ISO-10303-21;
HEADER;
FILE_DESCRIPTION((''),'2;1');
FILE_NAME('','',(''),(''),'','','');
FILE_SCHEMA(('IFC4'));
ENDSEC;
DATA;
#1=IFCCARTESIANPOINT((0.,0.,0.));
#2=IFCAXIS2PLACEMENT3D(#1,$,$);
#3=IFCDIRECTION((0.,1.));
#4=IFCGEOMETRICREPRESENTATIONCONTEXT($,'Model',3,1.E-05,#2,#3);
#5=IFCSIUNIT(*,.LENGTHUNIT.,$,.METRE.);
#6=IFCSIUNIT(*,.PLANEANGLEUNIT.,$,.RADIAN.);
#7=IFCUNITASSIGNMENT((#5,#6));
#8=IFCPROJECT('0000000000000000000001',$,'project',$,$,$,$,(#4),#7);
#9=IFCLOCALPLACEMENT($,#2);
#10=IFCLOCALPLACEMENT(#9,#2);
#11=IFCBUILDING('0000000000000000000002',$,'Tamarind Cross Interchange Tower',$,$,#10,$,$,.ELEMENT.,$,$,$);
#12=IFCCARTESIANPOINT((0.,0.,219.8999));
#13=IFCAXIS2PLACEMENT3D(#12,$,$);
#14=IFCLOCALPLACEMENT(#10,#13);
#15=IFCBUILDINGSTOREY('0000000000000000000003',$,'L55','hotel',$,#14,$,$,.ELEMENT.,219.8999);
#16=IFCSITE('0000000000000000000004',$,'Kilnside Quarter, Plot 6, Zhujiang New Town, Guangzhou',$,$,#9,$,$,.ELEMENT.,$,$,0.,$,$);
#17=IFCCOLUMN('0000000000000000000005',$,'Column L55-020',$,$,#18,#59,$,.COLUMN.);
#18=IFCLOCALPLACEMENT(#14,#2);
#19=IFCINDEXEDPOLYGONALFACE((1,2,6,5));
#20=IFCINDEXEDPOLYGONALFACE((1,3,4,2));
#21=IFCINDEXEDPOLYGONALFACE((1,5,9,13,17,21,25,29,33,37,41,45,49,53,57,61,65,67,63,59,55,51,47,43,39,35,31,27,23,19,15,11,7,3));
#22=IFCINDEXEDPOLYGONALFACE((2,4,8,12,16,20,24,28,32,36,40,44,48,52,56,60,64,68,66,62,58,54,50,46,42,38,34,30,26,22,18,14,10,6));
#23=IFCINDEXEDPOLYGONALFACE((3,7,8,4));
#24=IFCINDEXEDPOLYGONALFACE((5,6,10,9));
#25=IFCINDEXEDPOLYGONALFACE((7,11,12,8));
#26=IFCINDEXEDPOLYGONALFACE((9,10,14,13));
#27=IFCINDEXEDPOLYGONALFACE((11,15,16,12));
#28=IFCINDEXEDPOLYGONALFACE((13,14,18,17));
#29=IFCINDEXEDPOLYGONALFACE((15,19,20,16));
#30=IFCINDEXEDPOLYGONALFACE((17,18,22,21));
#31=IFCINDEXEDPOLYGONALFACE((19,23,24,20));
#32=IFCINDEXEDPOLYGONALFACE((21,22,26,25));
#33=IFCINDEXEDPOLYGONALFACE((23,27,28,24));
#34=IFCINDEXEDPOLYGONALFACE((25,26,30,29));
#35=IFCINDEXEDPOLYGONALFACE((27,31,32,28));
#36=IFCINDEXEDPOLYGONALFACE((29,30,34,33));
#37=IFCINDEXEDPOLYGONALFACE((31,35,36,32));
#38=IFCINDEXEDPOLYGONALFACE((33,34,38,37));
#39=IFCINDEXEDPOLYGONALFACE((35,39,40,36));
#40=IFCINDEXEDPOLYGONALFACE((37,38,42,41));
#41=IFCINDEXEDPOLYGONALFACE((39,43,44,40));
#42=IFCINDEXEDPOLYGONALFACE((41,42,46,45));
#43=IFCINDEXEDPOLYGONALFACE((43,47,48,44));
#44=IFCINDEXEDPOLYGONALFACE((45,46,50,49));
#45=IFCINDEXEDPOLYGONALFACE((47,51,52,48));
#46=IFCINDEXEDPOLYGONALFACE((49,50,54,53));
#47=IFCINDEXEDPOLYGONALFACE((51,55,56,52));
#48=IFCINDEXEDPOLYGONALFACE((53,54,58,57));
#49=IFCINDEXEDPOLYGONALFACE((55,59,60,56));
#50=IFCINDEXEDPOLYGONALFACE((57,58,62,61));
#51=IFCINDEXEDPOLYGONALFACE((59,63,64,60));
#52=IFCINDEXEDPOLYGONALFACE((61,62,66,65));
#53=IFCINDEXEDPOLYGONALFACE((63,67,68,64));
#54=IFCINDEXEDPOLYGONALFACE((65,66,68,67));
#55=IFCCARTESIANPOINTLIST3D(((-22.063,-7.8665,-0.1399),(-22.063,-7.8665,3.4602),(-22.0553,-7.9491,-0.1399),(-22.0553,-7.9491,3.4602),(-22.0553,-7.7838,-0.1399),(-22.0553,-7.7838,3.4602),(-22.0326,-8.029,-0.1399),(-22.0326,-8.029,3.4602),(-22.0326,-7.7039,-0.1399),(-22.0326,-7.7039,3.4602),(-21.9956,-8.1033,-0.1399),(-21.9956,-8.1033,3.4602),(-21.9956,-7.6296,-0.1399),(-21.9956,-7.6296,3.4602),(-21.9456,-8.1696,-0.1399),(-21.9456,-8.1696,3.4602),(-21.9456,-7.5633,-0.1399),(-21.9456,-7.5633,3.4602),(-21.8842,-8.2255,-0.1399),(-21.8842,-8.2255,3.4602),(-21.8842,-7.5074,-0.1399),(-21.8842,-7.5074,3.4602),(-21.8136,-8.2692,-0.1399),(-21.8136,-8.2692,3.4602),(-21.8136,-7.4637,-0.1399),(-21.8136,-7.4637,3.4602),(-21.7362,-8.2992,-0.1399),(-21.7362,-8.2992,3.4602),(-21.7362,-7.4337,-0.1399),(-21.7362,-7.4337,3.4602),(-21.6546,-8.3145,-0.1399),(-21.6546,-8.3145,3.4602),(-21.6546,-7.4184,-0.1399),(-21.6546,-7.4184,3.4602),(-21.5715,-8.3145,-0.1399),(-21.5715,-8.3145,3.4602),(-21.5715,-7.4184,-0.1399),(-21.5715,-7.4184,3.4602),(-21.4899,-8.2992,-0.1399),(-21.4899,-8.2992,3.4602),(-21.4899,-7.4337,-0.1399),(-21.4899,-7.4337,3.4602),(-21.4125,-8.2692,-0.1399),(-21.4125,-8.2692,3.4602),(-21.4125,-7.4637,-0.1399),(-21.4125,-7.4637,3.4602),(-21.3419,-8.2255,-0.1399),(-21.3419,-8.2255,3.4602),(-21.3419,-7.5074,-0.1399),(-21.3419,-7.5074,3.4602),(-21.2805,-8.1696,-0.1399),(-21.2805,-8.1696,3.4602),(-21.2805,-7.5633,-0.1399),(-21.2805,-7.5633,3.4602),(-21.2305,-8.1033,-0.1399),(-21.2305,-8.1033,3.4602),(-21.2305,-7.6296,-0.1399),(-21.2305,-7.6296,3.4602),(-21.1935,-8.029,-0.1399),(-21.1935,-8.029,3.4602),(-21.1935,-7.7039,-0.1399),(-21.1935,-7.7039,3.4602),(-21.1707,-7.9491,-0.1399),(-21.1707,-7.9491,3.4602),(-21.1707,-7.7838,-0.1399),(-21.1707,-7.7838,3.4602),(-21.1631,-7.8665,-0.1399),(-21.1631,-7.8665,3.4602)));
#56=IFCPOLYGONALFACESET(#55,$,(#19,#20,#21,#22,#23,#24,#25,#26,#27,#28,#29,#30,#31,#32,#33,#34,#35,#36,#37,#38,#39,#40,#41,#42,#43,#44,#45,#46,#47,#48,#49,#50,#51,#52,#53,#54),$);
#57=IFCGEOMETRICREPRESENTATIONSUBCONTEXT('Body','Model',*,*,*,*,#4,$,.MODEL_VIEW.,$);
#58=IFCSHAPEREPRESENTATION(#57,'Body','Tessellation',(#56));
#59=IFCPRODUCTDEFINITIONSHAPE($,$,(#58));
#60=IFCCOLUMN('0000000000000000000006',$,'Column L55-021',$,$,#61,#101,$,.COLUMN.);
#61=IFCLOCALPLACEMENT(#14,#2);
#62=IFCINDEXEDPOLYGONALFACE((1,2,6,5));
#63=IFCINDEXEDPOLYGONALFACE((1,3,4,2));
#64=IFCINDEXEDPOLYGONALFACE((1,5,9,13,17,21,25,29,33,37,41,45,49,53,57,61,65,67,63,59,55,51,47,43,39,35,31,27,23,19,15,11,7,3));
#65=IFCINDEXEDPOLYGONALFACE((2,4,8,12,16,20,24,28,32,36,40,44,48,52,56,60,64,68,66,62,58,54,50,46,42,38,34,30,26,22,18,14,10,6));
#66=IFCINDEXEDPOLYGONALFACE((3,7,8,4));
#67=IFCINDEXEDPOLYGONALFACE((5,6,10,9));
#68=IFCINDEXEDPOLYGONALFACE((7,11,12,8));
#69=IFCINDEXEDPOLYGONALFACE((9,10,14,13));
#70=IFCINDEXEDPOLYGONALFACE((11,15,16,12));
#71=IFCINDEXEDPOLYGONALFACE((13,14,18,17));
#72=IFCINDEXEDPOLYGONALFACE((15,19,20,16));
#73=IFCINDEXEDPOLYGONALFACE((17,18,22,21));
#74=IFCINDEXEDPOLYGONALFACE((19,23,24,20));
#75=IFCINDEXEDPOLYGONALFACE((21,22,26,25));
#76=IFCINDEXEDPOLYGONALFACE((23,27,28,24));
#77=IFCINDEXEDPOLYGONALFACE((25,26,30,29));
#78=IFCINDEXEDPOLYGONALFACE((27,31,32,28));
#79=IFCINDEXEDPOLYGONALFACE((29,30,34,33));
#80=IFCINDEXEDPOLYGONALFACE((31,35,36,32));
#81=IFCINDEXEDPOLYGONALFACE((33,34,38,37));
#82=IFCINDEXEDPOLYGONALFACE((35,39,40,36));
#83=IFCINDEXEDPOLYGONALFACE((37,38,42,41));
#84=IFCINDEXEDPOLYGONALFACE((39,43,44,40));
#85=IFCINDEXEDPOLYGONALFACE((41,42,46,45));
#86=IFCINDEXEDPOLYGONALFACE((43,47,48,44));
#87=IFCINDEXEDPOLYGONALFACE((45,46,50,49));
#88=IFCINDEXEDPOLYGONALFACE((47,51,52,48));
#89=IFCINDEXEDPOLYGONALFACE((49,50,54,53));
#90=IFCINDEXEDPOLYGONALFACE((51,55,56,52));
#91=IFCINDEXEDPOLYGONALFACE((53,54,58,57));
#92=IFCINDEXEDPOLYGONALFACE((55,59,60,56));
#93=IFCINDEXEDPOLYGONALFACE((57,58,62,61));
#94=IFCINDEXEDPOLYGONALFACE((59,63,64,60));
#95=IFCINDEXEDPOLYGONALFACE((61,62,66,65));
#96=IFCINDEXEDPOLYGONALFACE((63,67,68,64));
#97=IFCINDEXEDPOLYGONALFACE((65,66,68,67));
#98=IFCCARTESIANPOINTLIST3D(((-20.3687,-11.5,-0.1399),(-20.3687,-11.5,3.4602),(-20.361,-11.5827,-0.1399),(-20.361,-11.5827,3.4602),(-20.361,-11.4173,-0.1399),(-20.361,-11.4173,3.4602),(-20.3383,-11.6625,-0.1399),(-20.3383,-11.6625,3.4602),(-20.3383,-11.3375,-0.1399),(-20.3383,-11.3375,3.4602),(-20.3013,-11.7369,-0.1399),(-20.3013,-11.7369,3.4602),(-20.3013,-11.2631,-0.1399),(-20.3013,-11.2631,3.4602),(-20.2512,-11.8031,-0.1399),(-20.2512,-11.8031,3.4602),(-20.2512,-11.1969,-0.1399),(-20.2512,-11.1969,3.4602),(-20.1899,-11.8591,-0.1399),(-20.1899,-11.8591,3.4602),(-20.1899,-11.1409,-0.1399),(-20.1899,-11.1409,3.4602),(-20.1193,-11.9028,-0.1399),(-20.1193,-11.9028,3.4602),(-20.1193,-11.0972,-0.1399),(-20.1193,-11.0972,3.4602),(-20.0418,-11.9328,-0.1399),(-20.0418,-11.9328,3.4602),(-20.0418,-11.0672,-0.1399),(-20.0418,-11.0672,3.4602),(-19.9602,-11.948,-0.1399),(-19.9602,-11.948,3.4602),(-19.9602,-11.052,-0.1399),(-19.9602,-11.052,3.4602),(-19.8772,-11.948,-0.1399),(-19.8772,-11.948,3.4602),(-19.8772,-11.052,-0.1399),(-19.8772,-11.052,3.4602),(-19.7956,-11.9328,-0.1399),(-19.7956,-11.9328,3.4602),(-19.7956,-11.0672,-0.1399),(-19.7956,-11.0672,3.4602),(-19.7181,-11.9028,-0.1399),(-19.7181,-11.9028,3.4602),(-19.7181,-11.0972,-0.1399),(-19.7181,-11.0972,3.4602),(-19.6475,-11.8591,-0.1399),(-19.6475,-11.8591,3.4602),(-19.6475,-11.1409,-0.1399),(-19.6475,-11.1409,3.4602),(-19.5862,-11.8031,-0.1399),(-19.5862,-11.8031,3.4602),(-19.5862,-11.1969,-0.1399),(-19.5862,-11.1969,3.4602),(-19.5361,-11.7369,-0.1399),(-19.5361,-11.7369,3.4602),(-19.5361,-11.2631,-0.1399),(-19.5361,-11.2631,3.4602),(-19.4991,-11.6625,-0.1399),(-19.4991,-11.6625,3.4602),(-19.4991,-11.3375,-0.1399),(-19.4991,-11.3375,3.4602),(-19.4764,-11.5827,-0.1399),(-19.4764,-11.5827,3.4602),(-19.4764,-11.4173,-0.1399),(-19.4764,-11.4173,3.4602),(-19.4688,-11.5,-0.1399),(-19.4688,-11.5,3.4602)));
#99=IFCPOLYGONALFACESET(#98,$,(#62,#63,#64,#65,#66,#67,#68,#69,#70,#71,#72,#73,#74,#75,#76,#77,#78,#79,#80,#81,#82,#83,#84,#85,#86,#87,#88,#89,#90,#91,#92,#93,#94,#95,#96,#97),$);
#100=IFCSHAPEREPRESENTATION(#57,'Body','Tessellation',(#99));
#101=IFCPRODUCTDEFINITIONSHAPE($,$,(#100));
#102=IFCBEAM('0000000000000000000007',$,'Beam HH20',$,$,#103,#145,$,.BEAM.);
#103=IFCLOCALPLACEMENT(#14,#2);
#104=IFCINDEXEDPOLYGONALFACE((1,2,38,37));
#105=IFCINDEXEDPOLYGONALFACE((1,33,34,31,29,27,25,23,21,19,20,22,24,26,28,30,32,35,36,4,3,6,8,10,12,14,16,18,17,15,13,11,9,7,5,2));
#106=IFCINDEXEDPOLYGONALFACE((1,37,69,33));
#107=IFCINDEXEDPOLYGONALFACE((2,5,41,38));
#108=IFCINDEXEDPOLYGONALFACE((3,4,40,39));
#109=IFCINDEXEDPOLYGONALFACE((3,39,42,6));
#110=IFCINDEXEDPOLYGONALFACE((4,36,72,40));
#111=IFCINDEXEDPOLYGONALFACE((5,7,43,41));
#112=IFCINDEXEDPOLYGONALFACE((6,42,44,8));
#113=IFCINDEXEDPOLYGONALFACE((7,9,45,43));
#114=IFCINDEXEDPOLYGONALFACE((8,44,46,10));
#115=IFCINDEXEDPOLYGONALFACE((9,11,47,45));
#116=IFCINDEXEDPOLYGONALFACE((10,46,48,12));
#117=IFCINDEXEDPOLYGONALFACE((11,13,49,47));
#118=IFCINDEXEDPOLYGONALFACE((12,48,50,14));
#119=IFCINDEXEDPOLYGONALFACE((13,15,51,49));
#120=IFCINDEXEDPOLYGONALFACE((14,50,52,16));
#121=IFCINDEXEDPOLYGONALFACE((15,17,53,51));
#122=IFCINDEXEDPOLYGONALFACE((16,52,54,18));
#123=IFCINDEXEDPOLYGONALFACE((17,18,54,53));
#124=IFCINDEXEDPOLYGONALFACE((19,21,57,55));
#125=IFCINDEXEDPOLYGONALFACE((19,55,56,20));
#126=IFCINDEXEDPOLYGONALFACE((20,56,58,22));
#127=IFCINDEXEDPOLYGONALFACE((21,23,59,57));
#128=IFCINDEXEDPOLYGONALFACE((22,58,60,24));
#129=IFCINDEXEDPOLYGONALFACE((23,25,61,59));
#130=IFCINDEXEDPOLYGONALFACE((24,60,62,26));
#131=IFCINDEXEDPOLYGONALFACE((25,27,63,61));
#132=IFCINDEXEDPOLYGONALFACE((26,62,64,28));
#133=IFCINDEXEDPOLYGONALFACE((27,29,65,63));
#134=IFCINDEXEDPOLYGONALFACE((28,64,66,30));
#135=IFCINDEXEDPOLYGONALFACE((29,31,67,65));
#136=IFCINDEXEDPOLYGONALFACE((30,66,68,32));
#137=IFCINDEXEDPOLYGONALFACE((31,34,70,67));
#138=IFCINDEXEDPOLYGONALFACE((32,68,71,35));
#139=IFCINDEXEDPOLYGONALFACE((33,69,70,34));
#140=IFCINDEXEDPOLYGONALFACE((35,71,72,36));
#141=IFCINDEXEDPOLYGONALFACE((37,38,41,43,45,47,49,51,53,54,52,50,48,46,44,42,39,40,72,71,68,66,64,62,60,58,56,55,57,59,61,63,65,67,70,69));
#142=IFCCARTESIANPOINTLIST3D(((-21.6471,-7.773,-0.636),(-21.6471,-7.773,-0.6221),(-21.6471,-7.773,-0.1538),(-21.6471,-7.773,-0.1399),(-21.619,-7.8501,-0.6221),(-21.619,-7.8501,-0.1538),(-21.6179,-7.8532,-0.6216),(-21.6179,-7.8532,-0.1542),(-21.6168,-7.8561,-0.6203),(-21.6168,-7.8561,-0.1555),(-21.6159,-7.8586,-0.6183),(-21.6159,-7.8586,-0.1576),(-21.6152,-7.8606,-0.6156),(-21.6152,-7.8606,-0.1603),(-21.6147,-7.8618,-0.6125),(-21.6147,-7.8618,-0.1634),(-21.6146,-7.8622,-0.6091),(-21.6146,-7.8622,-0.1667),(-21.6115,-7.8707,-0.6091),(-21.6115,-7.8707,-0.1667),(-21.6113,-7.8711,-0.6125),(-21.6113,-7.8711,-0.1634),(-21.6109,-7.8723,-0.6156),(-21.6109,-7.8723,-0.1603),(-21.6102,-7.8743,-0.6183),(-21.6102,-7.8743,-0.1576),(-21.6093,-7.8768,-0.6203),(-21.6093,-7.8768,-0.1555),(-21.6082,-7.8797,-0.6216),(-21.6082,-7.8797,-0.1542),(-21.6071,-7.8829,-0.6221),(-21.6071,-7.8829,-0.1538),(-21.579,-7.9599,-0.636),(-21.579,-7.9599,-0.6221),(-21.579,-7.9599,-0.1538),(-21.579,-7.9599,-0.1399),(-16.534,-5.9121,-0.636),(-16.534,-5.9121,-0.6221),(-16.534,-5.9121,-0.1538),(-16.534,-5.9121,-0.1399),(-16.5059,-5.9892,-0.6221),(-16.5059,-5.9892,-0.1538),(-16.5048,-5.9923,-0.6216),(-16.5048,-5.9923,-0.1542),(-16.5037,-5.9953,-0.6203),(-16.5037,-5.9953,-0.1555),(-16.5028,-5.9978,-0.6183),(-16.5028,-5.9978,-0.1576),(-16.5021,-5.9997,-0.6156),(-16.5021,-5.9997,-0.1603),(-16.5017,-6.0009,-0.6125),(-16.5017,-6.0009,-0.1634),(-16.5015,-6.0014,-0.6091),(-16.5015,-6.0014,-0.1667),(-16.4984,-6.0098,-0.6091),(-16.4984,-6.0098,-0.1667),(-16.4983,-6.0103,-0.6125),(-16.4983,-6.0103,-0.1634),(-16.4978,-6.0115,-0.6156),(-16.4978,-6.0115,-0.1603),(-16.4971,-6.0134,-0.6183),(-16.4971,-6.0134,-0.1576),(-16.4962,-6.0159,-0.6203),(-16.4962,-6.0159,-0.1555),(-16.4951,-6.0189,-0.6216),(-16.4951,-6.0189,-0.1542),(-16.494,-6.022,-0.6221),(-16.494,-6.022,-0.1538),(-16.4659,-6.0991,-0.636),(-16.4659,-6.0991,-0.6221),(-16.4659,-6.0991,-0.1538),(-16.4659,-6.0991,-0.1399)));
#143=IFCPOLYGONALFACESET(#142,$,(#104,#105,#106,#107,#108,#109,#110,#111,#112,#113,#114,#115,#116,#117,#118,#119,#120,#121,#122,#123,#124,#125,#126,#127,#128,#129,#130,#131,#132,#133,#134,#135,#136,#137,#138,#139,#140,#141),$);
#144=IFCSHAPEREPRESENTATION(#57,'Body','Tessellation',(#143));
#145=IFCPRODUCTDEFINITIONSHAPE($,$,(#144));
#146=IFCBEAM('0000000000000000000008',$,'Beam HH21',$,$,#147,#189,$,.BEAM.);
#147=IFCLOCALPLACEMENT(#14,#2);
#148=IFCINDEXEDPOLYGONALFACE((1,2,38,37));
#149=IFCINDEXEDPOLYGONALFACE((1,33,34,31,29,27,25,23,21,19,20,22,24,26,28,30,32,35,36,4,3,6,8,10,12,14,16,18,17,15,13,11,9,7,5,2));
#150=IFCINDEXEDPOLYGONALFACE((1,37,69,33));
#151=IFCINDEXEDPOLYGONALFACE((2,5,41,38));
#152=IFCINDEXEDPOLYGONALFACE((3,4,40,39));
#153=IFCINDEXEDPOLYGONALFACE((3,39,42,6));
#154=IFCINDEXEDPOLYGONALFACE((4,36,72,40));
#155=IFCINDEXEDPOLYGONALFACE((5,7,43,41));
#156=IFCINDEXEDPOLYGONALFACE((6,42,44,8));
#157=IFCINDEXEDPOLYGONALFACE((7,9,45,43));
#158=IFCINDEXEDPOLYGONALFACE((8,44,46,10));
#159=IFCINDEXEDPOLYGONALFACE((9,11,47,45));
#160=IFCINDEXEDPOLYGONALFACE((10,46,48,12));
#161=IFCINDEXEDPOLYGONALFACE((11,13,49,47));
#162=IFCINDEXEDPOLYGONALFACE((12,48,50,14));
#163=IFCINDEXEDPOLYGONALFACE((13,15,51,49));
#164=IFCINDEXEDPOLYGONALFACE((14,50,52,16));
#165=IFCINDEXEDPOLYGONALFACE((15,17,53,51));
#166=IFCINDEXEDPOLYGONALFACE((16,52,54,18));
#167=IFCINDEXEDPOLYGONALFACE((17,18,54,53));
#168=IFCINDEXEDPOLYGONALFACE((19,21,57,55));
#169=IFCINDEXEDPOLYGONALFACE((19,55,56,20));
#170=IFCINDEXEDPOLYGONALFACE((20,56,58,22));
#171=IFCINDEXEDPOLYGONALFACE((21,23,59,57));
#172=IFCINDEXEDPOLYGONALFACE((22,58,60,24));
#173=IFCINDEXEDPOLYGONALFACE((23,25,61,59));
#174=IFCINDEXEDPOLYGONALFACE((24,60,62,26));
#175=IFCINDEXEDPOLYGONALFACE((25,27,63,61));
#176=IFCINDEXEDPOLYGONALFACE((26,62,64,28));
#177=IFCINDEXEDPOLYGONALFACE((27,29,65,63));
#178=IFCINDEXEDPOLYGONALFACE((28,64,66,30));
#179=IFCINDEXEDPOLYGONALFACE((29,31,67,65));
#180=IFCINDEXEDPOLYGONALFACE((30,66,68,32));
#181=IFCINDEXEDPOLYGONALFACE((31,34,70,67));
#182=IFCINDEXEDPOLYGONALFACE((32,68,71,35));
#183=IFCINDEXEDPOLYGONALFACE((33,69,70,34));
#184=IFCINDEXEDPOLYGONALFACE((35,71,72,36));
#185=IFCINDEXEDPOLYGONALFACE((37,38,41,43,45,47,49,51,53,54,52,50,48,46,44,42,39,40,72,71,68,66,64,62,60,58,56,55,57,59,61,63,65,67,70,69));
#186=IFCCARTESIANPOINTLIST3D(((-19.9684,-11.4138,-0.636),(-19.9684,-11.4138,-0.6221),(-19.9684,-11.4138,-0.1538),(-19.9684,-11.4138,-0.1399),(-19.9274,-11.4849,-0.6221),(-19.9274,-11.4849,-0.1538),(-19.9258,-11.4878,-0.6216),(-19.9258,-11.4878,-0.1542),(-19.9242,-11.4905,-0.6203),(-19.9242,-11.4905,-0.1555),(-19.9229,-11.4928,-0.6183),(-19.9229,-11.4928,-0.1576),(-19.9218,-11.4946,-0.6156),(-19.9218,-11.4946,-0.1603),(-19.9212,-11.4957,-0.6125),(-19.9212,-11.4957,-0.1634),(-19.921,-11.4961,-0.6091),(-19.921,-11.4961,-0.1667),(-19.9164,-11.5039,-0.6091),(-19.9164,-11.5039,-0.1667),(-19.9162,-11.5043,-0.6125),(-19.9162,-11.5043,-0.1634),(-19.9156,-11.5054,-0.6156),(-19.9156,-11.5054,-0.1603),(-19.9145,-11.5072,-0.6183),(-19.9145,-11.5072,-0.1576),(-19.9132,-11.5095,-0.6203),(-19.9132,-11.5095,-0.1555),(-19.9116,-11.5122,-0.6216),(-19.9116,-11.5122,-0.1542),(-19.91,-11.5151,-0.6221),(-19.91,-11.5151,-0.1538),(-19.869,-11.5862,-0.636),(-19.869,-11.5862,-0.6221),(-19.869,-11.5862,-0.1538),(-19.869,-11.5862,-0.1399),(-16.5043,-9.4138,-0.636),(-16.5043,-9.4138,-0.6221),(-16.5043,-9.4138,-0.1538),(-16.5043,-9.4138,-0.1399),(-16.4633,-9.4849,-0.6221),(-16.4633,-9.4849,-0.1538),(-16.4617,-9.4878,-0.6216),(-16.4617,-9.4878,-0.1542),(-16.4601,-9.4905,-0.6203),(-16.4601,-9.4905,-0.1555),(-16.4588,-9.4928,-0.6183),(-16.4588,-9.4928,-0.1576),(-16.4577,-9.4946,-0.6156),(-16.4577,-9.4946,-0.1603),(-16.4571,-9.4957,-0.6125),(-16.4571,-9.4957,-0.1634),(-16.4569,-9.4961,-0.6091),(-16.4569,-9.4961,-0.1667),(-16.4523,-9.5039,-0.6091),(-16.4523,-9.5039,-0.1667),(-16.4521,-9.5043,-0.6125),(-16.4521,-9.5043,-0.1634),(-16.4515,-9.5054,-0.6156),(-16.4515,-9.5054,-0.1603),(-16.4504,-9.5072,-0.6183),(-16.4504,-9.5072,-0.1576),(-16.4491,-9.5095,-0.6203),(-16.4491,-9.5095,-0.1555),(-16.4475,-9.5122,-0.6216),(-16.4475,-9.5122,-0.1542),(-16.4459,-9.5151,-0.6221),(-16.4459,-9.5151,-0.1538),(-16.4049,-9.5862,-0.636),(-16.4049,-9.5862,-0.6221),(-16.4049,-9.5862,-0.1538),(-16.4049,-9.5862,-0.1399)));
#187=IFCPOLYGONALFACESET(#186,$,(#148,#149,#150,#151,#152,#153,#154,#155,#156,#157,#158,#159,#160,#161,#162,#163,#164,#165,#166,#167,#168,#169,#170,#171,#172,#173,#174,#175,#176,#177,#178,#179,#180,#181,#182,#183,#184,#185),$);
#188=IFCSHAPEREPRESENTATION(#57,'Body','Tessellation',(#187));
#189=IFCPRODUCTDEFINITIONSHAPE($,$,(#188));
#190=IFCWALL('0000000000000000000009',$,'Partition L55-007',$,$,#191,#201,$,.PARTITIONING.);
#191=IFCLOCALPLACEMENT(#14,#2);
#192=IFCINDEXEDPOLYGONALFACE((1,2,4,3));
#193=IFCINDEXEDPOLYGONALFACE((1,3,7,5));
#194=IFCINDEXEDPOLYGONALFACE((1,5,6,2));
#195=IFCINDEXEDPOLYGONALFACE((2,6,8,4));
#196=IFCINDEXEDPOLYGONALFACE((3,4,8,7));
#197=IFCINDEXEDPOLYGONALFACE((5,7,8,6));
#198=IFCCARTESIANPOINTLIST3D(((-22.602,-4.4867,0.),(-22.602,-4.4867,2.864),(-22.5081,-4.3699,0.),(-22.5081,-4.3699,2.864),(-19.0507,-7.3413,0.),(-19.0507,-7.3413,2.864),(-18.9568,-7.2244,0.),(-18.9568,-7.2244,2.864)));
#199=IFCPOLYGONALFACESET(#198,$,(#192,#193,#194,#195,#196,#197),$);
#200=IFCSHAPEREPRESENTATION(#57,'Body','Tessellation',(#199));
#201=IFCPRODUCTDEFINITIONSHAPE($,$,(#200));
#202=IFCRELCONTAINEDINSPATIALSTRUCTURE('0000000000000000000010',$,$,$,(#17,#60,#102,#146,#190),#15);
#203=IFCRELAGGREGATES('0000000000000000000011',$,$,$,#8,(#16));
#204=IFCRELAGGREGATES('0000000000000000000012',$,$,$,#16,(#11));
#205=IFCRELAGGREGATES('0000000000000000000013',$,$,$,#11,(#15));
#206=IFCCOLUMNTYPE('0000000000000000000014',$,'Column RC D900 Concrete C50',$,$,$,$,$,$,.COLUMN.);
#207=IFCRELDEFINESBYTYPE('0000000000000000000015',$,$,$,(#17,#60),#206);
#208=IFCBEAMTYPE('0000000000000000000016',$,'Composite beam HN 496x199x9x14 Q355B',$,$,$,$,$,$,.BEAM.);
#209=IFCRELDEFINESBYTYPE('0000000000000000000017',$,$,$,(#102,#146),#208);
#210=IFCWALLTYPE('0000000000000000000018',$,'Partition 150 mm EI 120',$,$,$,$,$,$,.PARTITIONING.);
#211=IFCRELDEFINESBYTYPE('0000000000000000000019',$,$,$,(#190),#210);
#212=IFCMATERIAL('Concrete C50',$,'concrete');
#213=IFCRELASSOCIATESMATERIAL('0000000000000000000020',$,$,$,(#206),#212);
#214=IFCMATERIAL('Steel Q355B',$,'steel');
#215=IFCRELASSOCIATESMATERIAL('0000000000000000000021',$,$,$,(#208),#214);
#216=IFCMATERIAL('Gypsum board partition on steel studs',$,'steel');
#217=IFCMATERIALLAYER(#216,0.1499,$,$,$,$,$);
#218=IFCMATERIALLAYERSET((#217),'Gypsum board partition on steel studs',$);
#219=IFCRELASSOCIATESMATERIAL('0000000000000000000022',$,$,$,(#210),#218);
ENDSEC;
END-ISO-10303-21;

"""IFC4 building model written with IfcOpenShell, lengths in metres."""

from ifc_helpers import new_model, si_unit, direction, frame, frame_2d, origin, origin_2d, place, context, subcontext, project, spatial, rectangle, circle, i_section, extrude, material, layer, layer_set, material_profile, profile_set, type_object, element, save


model = new_model("IFC4")

# Units and contexts
model_context = context("Model", 3, precision=1e-05, world=origin(), true_north=direction((0.0, 1.0)))
body_context = subcontext(model_context, "Body", "Model", "MODEL_VIEW")
ifc_project = project(units=[si_unit("LENGTHUNIT", "METRE"), si_unit("PLANEANGLEUNIT", "RADIAN")], contexts=[model_context])

# Site, building, storey
site_placement = place(None, origin())
site = spatial("IfcSite", under=ifc_project, at=site_placement, Name="Kilnside Quarter, Plot 6, Zhujiang New Town, Guangzhou", CompositionType="ELEMENT", RefElevation=0.0)
building_placement = place(site_placement, origin())
building = spatial("IfcBuilding", under=site, at=building_placement, Name="Tamarind Cross Interchange Tower", CompositionType="ELEMENT")
storey_placement = place(building_placement, frame((0.0, 0.0, 219.8999)))
storey = spatial("IfcBuildingStorey", under=building, at=storey_placement, Name="L55", Description="hotel", CompositionType="ELEMENT", Elevation=219.8999)

# Columns
ifc_material_1 = material(Name="Concrete C50", Category="concrete")
ifc_material_profile_1 = material_profile(ifc_material_1, circle(Radius=0.45, at=origin_2d()), Name="RC D900")
ifc_profile_set_1 = profile_set([ifc_material_profile_1], Name="Concrete C50")
column_type = type_object("IfcColumnType", Name="Column RC D900 Concrete C50", PredefinedType="COLUMN", material=ifc_profile_set_1)
for number, where, z_axis, x_axis, name in (
    (1, (-21.613, -7.8665, -0.1399), (0.0, 0.0, 1.0), (1.0, 0.0, 0.0), "Column L55-020"),
    (2, (-19.9187, -11.5, -0.1399), (0.0, 0.0, 1.0), (1.0, 0.0, 0.0), "Column L55-021"),
):
    element("IfcColumn", number, at=place(storey_placement, frame(where, z_axis=z_axis, x_axis=x_axis)), inside=storey, type_object=column_type, Name=name, PredefinedType="COLUMN", context=body_context, shape_type="SweptSolid", body=[
        extrude(circle(Radius=0.45, at=origin_2d()), origin(), (0.0, 0.0, 1.0), 3.6001),
    ])

# Beams
ifc_material_2 = material(Name="Steel Q355B", Category="steel")
ifc_material_profile_2 = material_profile(ifc_material_2, i_section(OverallWidth=0.199, OverallDepth=0.4961, WebThickness=0.009, FlangeThickness=0.0139, FilletRadius=0.0129, at=origin_2d()), Name="HN 496x199x9x14")
ifc_profile_set_2 = profile_set([ifc_material_profile_2], Name="Steel Q355B")
beam_type = type_object("IfcBeamType", Name="Composite beam HN 496x199x9x14 Q355B", PredefinedType="BEAM", material=ifc_profile_set_2)
beam_1_placement = place(storey_placement, frame((-21.613, -7.8665, -0.3879), z_axis=(0.939702, 0.341995, 0.0), x_axis=(-0.341995, 0.939702, 0.0)))
element("IfcBeam", 3, at=beam_1_placement, inside=storey, type_object=beam_type, Name="Beam HH20", PredefinedType="BEAM", context=body_context, shape_type="SweptSolid", body=[
    extrude(i_section(OverallWidth=0.199, OverallDepth=0.4961, WebThickness=0.009, FlangeThickness=0.0139, FilletRadius=0.0129, at=origin_2d()), origin(), (0.0, 0.0, 1.0), 5.4412),
])
beam_2_placement = place(storey_placement, frame((-19.9187, -11.5, -0.3879), z_axis=(0.866026, 0.499999, 0.0), x_axis=(-0.499999, 0.866026, 0.0)))
element("IfcBeam", 4, at=beam_2_placement, inside=storey, type_object=beam_type, Name="Beam HH21", PredefinedType="BEAM", context=body_context, shape_type="SweptSolid", body=[
    extrude(i_section(OverallWidth=0.199, OverallDepth=0.4961, WebThickness=0.009, FlangeThickness=0.0139, FilletRadius=0.0129, at=origin_2d()), origin(), (0.0, 0.0, 1.0), 4.0),
])

# Wall
ifc_material_3 = material(Name="Gypsum board partition on steel studs", Category="steel")
ifc_layer = layer(ifc_material_3, 0.1499)
ifc_layer_set = layer_set([ifc_layer], Name="Gypsum board partition on steel studs")
wall_type = type_object("IfcWallType", Name="Partition 150 mm EI 120", PredefinedType="PARTITIONING", material=ifc_layer_set)
wall_1_placement = place(storey_placement, frame((-22.5552, -4.4282, 0.0), z_axis=(0.0, 0.0, 1.0), x_axis=(0.779424, -0.626497, 0.0)))
element("IfcWall", 5, at=wall_1_placement, inside=storey, type_object=wall_type, Name="Partition L55-007", PredefinedType="PARTITIONING", context=body_context, shape_type="SweptSolid", body=[
    extrude(rectangle(XDim=4.5564, YDim=0.1499, at=frame_2d((2.2783, 0.0))), origin(), (0.0, 0.0, 1.0), 2.864),
])

save(model, "model.ifc")
